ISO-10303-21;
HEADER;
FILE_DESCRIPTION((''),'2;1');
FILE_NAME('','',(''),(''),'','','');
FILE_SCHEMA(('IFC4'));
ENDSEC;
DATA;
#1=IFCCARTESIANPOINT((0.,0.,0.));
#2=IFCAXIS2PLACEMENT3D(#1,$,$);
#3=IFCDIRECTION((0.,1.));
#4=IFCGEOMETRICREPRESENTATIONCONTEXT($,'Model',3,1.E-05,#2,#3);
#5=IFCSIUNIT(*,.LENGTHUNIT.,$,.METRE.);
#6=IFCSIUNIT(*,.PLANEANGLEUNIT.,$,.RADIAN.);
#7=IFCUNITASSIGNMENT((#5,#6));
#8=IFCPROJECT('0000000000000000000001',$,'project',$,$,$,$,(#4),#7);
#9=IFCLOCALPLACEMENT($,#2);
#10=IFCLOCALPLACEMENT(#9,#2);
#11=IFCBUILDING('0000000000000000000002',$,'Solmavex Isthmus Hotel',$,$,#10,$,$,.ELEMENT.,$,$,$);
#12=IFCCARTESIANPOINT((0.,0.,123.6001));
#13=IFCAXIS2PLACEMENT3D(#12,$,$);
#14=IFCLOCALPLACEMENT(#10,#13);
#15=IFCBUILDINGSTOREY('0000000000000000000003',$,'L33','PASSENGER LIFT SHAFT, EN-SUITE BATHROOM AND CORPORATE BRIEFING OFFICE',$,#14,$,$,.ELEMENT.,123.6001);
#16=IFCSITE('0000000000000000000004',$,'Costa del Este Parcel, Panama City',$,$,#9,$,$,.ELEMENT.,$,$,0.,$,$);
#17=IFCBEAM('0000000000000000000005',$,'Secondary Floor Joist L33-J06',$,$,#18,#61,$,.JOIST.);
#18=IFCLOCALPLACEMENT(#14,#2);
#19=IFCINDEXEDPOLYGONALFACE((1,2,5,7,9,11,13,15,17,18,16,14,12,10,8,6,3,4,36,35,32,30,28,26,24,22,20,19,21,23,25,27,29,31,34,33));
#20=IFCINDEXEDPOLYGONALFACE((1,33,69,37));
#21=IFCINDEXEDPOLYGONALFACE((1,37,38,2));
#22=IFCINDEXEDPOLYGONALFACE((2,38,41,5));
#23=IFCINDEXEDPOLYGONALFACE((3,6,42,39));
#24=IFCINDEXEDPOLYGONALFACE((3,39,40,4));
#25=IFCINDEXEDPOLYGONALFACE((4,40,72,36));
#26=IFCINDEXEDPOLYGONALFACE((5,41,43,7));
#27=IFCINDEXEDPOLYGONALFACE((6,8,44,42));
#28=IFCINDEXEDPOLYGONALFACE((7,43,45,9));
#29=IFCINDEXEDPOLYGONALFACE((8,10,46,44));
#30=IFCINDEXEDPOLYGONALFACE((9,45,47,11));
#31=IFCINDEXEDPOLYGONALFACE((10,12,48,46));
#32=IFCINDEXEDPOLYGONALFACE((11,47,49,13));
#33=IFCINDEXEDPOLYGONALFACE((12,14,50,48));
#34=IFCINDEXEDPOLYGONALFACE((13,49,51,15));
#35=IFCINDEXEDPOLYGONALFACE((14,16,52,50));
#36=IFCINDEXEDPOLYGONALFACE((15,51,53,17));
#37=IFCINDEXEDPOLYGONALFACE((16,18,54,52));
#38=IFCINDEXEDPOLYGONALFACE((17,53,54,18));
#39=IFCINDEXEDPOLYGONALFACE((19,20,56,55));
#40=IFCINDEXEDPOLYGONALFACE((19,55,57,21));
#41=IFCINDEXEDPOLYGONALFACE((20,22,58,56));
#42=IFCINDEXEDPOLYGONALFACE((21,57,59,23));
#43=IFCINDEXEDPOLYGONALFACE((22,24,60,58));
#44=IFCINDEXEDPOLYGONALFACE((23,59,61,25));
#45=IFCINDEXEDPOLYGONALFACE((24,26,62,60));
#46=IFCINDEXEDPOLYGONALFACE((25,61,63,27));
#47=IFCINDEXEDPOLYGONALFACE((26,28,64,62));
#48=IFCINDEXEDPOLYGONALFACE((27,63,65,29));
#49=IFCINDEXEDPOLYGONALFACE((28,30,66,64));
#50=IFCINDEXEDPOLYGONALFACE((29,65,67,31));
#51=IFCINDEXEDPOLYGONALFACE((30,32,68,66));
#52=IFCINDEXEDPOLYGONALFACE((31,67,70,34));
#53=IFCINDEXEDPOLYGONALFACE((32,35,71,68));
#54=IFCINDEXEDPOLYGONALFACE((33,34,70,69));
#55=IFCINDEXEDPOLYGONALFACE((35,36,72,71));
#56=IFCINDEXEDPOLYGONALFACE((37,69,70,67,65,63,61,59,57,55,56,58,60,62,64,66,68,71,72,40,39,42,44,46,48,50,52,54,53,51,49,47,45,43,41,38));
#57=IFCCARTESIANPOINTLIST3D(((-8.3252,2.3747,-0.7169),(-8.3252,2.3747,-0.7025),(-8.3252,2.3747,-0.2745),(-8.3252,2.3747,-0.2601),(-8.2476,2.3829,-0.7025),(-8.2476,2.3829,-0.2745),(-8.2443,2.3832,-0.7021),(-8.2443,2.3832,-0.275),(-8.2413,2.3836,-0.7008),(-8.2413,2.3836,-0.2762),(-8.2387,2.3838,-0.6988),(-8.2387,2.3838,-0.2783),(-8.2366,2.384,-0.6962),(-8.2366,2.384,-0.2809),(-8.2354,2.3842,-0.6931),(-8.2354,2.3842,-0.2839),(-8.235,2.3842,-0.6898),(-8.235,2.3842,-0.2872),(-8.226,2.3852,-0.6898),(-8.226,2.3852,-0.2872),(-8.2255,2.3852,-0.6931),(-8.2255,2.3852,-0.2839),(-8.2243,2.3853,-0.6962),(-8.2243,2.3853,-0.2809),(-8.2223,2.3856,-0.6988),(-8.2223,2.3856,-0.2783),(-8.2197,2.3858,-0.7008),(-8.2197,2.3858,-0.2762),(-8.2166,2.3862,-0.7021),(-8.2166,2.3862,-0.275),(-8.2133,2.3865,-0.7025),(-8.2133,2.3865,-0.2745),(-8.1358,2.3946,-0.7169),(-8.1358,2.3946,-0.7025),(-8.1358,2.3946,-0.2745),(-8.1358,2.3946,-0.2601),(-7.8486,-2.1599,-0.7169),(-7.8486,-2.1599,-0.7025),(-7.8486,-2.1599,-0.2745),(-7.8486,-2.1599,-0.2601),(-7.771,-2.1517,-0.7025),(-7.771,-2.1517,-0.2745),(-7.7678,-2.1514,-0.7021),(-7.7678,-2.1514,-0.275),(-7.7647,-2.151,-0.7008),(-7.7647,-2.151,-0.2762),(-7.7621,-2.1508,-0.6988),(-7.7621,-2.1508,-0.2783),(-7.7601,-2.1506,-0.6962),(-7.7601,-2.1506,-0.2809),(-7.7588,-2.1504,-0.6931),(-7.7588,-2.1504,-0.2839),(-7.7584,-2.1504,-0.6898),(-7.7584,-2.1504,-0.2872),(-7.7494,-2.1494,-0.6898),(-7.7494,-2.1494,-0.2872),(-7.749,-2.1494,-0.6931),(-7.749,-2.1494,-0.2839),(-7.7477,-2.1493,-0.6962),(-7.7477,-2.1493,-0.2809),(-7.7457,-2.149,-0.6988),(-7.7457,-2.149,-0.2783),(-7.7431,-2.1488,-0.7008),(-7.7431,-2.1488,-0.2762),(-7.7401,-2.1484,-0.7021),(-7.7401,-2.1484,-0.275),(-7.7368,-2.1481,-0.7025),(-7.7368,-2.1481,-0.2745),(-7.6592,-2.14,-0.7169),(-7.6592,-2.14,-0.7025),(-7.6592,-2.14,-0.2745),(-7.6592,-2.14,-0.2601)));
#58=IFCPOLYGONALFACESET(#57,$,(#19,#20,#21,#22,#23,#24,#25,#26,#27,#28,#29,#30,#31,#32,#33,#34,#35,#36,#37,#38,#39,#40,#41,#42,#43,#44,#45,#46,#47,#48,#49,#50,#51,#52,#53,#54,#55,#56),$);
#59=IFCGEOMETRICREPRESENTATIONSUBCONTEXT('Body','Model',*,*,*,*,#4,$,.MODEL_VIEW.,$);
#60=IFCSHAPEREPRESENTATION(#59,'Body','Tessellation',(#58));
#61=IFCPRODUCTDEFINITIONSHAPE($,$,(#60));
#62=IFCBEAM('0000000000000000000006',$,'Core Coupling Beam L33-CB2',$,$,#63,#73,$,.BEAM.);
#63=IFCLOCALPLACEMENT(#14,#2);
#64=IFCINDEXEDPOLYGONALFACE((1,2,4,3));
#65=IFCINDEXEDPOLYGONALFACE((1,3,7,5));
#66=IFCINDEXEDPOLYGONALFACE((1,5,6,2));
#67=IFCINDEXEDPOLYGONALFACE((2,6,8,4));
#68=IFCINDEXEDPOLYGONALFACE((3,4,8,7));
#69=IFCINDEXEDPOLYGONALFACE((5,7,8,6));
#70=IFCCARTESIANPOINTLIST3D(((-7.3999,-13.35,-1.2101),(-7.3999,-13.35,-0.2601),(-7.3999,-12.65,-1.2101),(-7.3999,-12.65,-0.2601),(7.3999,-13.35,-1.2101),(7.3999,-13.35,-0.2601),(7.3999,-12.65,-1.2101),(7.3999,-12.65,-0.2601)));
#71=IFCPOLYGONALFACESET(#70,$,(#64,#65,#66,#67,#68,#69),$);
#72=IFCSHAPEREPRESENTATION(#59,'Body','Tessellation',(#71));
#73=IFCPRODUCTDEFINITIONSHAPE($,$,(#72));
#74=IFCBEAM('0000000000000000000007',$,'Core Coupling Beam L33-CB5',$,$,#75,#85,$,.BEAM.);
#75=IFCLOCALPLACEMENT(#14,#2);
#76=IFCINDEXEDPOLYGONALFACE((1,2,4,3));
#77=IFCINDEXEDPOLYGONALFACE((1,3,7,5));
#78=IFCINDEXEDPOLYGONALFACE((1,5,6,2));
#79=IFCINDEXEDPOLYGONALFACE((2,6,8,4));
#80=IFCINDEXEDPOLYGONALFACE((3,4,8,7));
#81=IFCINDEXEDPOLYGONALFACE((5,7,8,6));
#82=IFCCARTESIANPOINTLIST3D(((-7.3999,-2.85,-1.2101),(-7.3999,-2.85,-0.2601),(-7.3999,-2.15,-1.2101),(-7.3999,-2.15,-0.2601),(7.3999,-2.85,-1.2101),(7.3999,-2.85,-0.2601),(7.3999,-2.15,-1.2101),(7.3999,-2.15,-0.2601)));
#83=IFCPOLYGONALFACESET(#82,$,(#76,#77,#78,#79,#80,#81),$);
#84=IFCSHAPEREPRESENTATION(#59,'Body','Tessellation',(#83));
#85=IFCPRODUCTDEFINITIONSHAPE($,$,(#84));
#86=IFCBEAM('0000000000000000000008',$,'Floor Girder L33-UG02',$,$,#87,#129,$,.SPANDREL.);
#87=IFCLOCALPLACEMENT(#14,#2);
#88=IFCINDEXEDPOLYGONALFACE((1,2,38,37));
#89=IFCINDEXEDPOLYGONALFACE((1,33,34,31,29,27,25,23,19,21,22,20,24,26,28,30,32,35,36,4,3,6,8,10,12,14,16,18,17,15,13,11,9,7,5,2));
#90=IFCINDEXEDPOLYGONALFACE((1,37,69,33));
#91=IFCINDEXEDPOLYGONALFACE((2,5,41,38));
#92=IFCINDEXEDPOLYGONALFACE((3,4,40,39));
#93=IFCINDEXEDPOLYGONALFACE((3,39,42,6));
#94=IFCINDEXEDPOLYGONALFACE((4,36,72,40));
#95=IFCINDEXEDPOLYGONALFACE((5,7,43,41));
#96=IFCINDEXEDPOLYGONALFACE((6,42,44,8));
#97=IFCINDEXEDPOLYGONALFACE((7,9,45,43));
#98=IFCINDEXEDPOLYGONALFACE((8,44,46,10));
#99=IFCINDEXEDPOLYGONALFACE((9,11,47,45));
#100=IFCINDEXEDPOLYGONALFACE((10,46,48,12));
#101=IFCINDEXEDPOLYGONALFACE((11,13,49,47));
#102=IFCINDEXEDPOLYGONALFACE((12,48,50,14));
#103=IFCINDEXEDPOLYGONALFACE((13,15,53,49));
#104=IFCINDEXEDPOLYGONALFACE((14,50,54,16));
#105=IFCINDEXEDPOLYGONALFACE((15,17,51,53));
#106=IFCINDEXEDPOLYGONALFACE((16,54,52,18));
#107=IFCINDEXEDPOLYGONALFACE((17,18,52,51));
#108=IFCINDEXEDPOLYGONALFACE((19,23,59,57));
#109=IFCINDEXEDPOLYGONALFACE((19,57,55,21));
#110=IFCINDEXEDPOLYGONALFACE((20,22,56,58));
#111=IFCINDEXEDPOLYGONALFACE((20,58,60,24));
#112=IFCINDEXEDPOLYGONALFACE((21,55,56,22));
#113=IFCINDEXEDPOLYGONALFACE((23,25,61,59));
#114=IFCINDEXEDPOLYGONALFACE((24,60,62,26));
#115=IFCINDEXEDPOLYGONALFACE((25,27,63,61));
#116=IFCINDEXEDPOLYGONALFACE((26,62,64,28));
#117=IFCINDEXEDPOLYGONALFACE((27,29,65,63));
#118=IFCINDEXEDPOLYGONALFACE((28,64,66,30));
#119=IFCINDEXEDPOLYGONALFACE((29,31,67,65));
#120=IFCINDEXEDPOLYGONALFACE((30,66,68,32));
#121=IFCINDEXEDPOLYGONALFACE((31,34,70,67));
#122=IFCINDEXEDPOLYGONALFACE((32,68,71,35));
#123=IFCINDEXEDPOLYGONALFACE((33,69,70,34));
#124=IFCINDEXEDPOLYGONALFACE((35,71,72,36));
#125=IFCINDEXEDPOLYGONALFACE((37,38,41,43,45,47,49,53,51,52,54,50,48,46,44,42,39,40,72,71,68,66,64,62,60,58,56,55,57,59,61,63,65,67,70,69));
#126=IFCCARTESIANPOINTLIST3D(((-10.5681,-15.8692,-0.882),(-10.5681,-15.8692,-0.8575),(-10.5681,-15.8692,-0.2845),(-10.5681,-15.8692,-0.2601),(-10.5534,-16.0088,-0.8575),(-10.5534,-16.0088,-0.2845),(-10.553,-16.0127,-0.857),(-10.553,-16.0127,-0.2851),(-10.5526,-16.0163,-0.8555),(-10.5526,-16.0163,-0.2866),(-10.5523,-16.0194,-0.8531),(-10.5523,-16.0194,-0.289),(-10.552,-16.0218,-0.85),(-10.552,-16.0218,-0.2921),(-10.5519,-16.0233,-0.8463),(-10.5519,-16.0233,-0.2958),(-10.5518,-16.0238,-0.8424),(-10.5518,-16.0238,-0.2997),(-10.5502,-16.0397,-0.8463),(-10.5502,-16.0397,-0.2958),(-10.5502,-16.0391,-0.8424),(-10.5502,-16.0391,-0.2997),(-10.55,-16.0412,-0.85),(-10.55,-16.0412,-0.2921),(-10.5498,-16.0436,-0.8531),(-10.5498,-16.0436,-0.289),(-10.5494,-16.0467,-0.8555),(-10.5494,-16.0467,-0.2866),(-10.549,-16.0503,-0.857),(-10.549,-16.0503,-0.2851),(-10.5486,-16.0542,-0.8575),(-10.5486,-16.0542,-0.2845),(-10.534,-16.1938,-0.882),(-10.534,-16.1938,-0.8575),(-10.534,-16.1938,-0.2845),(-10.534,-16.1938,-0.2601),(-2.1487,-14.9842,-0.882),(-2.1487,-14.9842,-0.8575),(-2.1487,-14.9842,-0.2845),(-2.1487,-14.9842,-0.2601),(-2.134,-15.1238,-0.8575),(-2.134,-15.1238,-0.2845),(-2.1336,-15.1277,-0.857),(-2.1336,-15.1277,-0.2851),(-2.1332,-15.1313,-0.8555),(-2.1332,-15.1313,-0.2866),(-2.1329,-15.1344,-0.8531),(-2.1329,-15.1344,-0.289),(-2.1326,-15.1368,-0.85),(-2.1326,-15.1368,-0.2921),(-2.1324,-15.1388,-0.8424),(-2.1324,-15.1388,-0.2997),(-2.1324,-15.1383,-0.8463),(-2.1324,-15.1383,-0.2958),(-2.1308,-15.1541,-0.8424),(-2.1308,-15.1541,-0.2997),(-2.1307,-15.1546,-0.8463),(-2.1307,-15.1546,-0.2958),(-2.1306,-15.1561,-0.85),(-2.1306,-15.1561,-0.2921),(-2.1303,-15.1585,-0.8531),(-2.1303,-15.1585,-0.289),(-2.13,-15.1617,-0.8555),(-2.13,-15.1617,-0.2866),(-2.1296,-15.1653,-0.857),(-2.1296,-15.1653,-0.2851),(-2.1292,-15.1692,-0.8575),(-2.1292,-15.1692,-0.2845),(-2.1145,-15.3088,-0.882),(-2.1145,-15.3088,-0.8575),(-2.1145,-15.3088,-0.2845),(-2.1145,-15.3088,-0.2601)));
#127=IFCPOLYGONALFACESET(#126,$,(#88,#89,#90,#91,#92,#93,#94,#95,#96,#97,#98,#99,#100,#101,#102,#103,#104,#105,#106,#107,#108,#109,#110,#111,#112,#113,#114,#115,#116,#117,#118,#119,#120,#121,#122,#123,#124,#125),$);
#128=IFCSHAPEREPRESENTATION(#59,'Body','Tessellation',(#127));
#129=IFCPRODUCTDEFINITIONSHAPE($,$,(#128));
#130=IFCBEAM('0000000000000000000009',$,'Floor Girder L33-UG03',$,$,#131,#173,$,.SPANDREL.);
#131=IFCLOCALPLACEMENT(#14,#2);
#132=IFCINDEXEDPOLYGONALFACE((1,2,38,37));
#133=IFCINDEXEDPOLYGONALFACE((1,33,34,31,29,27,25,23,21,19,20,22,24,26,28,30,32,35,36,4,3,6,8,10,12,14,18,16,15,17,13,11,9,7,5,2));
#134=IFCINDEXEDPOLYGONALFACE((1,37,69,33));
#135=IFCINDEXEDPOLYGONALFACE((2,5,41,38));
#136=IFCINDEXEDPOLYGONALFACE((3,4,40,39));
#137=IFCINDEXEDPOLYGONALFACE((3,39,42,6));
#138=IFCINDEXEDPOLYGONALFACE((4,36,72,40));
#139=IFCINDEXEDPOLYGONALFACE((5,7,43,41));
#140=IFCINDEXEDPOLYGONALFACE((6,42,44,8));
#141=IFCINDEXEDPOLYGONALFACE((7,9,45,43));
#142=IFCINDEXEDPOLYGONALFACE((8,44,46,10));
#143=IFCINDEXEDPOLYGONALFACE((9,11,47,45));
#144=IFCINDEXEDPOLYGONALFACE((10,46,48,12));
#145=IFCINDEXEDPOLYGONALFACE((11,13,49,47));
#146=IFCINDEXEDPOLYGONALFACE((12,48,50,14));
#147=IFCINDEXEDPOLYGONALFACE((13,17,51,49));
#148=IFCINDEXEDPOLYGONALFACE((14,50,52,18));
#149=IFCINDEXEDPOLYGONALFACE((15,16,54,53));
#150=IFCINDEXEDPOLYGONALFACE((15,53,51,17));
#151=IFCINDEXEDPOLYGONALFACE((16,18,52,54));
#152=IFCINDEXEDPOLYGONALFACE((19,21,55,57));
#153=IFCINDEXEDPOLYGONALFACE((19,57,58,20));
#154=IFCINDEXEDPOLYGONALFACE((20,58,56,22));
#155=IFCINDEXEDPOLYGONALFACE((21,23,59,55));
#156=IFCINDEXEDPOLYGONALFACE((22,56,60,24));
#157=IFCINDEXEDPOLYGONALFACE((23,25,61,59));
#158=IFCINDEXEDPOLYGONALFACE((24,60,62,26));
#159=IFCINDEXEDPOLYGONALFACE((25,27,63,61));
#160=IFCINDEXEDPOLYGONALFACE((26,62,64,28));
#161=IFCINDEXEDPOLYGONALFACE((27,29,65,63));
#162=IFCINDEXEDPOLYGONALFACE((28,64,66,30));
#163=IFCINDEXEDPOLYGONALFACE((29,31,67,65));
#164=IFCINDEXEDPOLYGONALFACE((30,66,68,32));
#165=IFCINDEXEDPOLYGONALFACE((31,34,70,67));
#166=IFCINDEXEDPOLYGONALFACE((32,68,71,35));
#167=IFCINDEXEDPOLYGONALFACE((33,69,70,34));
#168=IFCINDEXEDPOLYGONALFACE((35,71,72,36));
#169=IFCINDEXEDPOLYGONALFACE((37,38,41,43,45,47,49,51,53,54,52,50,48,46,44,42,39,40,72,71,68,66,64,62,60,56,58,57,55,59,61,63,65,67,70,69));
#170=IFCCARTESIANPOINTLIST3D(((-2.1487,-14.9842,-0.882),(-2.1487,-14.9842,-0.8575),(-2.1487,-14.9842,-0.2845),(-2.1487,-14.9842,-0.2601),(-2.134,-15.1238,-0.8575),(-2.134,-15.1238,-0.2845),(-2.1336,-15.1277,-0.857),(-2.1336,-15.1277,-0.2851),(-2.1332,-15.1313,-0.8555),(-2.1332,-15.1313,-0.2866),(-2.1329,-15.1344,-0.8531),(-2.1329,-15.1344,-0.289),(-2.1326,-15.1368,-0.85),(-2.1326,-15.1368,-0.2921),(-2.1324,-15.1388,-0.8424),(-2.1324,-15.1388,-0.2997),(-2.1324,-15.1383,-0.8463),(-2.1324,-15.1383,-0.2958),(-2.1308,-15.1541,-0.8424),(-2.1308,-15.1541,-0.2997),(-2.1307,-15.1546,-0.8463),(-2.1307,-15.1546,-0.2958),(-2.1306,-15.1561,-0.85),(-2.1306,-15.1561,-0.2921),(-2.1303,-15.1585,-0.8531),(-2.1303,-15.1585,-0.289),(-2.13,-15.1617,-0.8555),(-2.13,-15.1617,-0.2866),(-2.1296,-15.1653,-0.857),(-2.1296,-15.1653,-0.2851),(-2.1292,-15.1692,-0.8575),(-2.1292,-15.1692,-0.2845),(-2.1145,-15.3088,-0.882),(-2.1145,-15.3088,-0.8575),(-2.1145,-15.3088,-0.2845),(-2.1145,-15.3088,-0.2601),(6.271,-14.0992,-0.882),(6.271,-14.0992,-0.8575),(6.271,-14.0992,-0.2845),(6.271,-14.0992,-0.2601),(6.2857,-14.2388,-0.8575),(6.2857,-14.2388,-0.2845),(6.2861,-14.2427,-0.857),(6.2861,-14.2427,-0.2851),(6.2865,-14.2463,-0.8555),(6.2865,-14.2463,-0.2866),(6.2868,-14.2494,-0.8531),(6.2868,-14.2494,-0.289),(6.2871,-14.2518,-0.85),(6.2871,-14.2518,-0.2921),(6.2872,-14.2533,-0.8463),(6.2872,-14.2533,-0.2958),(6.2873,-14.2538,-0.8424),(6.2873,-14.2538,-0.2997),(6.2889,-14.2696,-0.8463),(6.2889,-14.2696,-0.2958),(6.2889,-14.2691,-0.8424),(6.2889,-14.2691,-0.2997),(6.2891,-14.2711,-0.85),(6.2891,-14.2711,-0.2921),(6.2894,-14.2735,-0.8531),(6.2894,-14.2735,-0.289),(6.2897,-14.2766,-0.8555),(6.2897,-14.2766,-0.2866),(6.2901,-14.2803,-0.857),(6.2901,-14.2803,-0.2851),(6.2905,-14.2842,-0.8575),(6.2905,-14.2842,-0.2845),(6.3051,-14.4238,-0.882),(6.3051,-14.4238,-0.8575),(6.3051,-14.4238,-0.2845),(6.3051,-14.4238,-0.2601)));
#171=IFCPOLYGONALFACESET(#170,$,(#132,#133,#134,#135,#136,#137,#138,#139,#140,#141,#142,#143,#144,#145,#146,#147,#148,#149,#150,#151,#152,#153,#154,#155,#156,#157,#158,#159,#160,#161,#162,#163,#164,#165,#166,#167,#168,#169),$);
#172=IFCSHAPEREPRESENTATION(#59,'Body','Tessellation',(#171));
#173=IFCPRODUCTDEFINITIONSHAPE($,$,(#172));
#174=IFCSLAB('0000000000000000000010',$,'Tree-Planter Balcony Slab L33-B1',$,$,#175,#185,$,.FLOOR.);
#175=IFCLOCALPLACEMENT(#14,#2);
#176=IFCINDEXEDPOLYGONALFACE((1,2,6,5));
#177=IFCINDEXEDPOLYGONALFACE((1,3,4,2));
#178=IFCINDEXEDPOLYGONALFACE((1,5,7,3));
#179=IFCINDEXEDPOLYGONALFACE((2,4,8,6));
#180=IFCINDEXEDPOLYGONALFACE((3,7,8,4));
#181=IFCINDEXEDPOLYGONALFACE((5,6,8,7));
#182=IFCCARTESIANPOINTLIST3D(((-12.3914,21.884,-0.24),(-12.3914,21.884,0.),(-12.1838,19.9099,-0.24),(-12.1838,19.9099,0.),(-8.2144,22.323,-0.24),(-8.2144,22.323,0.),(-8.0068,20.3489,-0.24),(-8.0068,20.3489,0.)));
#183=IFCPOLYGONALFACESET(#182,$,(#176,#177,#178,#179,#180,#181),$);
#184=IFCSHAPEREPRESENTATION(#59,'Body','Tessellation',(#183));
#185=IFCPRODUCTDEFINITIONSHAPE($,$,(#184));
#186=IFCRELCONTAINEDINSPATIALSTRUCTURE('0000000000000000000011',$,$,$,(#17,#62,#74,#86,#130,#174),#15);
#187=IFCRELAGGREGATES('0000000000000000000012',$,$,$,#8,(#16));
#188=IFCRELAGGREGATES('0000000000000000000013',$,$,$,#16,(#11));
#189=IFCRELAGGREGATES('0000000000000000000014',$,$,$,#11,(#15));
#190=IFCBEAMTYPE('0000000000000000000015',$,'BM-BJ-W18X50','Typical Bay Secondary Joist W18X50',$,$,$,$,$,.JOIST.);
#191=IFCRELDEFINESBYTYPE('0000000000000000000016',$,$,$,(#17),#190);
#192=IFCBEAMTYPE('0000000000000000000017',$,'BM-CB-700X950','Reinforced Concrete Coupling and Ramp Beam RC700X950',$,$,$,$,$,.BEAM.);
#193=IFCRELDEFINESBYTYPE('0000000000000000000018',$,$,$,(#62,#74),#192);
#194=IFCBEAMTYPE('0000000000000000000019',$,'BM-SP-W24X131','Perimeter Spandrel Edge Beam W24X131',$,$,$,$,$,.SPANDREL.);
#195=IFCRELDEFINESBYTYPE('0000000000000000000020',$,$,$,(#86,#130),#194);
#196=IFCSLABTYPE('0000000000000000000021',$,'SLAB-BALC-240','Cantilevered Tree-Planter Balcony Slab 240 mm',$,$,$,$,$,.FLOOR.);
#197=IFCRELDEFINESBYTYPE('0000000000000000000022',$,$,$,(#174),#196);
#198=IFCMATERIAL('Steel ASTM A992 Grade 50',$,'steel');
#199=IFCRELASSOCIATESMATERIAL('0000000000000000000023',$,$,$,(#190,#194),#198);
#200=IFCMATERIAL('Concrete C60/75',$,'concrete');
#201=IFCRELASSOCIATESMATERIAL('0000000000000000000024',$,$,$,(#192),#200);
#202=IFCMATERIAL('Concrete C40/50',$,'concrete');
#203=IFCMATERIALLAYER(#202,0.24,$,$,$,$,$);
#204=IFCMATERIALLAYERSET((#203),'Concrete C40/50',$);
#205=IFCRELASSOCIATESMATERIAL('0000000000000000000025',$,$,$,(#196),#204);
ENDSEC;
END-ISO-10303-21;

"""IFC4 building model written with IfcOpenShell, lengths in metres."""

from ifc_helpers import new_model, si_unit, direction, frame, origin, origin_2d, place, context, subcontext, project, spatial, polyline, rectangle, i_section, outline, extrude, material, layer, layer_set, material_profile, profile_set, type_object, element, save


model = new_model("IFC4")

# Units and contexts
model_context = context("Model", 3, precision=1e-05, world=origin(), true_north=direction((0.0, 1.0)))
body_context = subcontext(model_context, "Body", "Model", "MODEL_VIEW")
ifc_project = project(units=[si_unit("LENGTHUNIT", "METRE"), si_unit("PLANEANGLEUNIT", "RADIAN")], contexts=[model_context])

# Site, building, storey
site_placement = place(None, origin())
site = spatial("IfcSite", under=ifc_project, at=site_placement, Name="Costa del Este Parcel, Panama City", CompositionType="ELEMENT", RefElevation=0.0)
building_placement = place(site_placement, origin())
building = spatial("IfcBuilding", under=site, at=building_placement, Name="Solmavex Isthmus Hotel", CompositionType="ELEMENT")
storey_placement = place(building_placement, frame((0.0, 0.0, 123.6001)))
storey = spatial("IfcBuildingStorey", under=building, at=storey_placement, Name="L33", Description="PASSENGER LIFT SHAFT, EN-SUITE BATHROOM AND CORPORATE BRIEFING OFFICE", CompositionType="ELEMENT", Elevation=123.6001)

# Shared definitions
ifc_material_1 = material(Name="Concrete C60/75", Category="concrete")

# Beams
ifc_material_2 = material(Name="Steel ASTM A992 Grade 50", Category="steel")
ifc_material_profile_1 = material_profile(ifc_material_2, i_section(OverallWidth=0.1904, OverallDepth=0.4568, WebThickness=0.009, FlangeThickness=0.0144, FilletRadius=0.0127, at=origin_2d()), Name="W18X50")
ifc_profile_set_1 = profile_set([ifc_material_profile_1], Name="Steel ASTM A992 Grade 50")
beam_type_1 = type_object("IfcBeamType", Name="BM-BJ-W18X50", Description="Typical Bay Secondary Joist W18X50", PredefinedType="JOIST", material=ifc_profile_set_1)
beam_1_placement = place(storey_placement, frame((-7.7539, -2.1499, -0.4885), z_axis=(-0.104518, 0.994523, 0.0), x_axis=(-0.994523, -0.104518, 0.0)))
element("IfcBeam", 1, at=beam_1_placement, inside=storey, type_object=beam_type_1, Name="Secondary Floor Joist L33-J06", PredefinedType="JOIST", context=body_context, shape_type="SweptSolid", body=[
    extrude(i_section(OverallWidth=0.1904, OverallDepth=0.4568, WebThickness=0.009, FlangeThickness=0.0144, FilletRadius=0.0127, at=origin_2d()), origin(), (0.0, 0.0, 1.0), 4.5596),
])
ifc_material_profile_2 = material_profile(ifc_material_1, rectangle(XDim=0.7, YDim=0.95, at=origin_2d()), Name="RC700X950")
ifc_profile_set_2 = profile_set([ifc_material_profile_2], Name="Concrete C60/75")
beam_type_2 = type_object("IfcBeamType", Name="BM-CB-700X950", Description="Reinforced Concrete Coupling and Ramp Beam RC700X950", PredefinedType="BEAM", material=ifc_profile_set_2)
for number, where, z_axis, x_axis, name in (
    (2, (-7.3999, -13.0, -0.7351), (1.0, 0.0, 0.0), (0.0, 1.0, 0.0), "Core Coupling Beam L33-CB2"),
    (3, (-7.3999, -2.5, -0.7351), (1.0, 0.0, 0.0), (0.0, 1.0, 0.0), "Core Coupling Beam L33-CB5"),
):
    element("IfcBeam", number, at=place(storey_placement, frame(where, z_axis=z_axis, x_axis=x_axis)), inside=storey, type_object=beam_type_2, Name=name, PredefinedType="BEAM", context=body_context, shape_type="SweptSolid", body=[
        extrude(rectangle(XDim=0.7, YDim=0.95, at=origin_2d()), origin(), (0.0, 0.0, 1.0), 14.7998),
    ])
ifc_material_profile_3 = material_profile(ifc_material_2, i_section(OverallWidth=0.3264, OverallDepth=0.6218, WebThickness=0.0154, FlangeThickness=0.0244, FilletRadius=0.0151, at=origin_2d()), Name="W24X131")
ifc_profile_set_3 = profile_set([ifc_material_profile_3], Name="Steel ASTM A992 Grade 50")
beam_type_3 = type_object("IfcBeamType", Name="BM-SP-W24X131", Description="Perimeter Spandrel Edge Beam W24X131", PredefinedType="SPANDREL", material=ifc_profile_set_3)
beam_2_placement = place(storey_placement, frame((-10.551, -16.0315, -0.571), z_axis=(0.994521, 0.104539, 0.0), x_axis=(-0.104539, 0.994521, 0.0)))
element("IfcBeam", 4, at=beam_2_placement, inside=storey, type_object=beam_type_3, Name="Floor Girder L33-UG02", PredefinedType="SPANDREL", context=body_context, shape_type="SweptSolid", body=[
    extrude(i_section(OverallWidth=0.3264, OverallDepth=0.6218, WebThickness=0.0154, FlangeThickness=0.0244, FilletRadius=0.0151, at=origin_2d()), origin(), (0.0, 0.0, 1.0), 8.4658),
])
beam_3_placement = place(storey_placement, frame((-2.1316, -15.1465, -0.571), z_axis=(0.994521, 0.104536, 0.0), x_axis=(-0.104536, 0.994521, 0.0)))
element("IfcBeam", 5, at=beam_3_placement, inside=storey, type_object=beam_type_3, Name="Floor Girder L33-UG03", PredefinedType="SPANDREL", context=body_context, shape_type="SweptSolid", body=[
    extrude(i_section(OverallWidth=0.3264, OverallDepth=0.6218, WebThickness=0.0154, FlangeThickness=0.0244, FilletRadius=0.0151, at=origin_2d()), origin(), (0.0, 0.0, 1.0), 8.4661),
])

# Slab
ifc_material_3 = material(Name="Concrete C40/50", Category="concrete")
ifc_layer_1 = layer(ifc_material_3, 0.24)
ifc_layer_set_1 = layer_set([ifc_layer_1], Name="Concrete C40/50")
slab_type_1 = type_object("IfcSlabType", Name="SLAB-BALC-240", Description="Cantilevered Tree-Planter Balcony Slab 240 mm", PredefinedType="FLOOR", material=ifc_layer_set_1)
slab_1_placement = place(storey_placement, frame((0.0, 0.0, -0.24)))
element("IfcSlab", 6, at=slab_1_placement, inside=storey, type_object=slab_type_1, Name="Tree-Planter Balcony Slab L33-B1", PredefinedType="FLOOR", context=body_context, shape_type="SweptSolid", body=[
    extrude(outline(polyline([(-12.1838, 19.9099), (-8.0068, 20.3489), (-8.2144, 22.323), (-12.3914, 21.884), (-12.1838, 19.9099)])), origin(), (0.0, 0.0, 1.0), 0.24),
])

save(model, "model.ifc")
